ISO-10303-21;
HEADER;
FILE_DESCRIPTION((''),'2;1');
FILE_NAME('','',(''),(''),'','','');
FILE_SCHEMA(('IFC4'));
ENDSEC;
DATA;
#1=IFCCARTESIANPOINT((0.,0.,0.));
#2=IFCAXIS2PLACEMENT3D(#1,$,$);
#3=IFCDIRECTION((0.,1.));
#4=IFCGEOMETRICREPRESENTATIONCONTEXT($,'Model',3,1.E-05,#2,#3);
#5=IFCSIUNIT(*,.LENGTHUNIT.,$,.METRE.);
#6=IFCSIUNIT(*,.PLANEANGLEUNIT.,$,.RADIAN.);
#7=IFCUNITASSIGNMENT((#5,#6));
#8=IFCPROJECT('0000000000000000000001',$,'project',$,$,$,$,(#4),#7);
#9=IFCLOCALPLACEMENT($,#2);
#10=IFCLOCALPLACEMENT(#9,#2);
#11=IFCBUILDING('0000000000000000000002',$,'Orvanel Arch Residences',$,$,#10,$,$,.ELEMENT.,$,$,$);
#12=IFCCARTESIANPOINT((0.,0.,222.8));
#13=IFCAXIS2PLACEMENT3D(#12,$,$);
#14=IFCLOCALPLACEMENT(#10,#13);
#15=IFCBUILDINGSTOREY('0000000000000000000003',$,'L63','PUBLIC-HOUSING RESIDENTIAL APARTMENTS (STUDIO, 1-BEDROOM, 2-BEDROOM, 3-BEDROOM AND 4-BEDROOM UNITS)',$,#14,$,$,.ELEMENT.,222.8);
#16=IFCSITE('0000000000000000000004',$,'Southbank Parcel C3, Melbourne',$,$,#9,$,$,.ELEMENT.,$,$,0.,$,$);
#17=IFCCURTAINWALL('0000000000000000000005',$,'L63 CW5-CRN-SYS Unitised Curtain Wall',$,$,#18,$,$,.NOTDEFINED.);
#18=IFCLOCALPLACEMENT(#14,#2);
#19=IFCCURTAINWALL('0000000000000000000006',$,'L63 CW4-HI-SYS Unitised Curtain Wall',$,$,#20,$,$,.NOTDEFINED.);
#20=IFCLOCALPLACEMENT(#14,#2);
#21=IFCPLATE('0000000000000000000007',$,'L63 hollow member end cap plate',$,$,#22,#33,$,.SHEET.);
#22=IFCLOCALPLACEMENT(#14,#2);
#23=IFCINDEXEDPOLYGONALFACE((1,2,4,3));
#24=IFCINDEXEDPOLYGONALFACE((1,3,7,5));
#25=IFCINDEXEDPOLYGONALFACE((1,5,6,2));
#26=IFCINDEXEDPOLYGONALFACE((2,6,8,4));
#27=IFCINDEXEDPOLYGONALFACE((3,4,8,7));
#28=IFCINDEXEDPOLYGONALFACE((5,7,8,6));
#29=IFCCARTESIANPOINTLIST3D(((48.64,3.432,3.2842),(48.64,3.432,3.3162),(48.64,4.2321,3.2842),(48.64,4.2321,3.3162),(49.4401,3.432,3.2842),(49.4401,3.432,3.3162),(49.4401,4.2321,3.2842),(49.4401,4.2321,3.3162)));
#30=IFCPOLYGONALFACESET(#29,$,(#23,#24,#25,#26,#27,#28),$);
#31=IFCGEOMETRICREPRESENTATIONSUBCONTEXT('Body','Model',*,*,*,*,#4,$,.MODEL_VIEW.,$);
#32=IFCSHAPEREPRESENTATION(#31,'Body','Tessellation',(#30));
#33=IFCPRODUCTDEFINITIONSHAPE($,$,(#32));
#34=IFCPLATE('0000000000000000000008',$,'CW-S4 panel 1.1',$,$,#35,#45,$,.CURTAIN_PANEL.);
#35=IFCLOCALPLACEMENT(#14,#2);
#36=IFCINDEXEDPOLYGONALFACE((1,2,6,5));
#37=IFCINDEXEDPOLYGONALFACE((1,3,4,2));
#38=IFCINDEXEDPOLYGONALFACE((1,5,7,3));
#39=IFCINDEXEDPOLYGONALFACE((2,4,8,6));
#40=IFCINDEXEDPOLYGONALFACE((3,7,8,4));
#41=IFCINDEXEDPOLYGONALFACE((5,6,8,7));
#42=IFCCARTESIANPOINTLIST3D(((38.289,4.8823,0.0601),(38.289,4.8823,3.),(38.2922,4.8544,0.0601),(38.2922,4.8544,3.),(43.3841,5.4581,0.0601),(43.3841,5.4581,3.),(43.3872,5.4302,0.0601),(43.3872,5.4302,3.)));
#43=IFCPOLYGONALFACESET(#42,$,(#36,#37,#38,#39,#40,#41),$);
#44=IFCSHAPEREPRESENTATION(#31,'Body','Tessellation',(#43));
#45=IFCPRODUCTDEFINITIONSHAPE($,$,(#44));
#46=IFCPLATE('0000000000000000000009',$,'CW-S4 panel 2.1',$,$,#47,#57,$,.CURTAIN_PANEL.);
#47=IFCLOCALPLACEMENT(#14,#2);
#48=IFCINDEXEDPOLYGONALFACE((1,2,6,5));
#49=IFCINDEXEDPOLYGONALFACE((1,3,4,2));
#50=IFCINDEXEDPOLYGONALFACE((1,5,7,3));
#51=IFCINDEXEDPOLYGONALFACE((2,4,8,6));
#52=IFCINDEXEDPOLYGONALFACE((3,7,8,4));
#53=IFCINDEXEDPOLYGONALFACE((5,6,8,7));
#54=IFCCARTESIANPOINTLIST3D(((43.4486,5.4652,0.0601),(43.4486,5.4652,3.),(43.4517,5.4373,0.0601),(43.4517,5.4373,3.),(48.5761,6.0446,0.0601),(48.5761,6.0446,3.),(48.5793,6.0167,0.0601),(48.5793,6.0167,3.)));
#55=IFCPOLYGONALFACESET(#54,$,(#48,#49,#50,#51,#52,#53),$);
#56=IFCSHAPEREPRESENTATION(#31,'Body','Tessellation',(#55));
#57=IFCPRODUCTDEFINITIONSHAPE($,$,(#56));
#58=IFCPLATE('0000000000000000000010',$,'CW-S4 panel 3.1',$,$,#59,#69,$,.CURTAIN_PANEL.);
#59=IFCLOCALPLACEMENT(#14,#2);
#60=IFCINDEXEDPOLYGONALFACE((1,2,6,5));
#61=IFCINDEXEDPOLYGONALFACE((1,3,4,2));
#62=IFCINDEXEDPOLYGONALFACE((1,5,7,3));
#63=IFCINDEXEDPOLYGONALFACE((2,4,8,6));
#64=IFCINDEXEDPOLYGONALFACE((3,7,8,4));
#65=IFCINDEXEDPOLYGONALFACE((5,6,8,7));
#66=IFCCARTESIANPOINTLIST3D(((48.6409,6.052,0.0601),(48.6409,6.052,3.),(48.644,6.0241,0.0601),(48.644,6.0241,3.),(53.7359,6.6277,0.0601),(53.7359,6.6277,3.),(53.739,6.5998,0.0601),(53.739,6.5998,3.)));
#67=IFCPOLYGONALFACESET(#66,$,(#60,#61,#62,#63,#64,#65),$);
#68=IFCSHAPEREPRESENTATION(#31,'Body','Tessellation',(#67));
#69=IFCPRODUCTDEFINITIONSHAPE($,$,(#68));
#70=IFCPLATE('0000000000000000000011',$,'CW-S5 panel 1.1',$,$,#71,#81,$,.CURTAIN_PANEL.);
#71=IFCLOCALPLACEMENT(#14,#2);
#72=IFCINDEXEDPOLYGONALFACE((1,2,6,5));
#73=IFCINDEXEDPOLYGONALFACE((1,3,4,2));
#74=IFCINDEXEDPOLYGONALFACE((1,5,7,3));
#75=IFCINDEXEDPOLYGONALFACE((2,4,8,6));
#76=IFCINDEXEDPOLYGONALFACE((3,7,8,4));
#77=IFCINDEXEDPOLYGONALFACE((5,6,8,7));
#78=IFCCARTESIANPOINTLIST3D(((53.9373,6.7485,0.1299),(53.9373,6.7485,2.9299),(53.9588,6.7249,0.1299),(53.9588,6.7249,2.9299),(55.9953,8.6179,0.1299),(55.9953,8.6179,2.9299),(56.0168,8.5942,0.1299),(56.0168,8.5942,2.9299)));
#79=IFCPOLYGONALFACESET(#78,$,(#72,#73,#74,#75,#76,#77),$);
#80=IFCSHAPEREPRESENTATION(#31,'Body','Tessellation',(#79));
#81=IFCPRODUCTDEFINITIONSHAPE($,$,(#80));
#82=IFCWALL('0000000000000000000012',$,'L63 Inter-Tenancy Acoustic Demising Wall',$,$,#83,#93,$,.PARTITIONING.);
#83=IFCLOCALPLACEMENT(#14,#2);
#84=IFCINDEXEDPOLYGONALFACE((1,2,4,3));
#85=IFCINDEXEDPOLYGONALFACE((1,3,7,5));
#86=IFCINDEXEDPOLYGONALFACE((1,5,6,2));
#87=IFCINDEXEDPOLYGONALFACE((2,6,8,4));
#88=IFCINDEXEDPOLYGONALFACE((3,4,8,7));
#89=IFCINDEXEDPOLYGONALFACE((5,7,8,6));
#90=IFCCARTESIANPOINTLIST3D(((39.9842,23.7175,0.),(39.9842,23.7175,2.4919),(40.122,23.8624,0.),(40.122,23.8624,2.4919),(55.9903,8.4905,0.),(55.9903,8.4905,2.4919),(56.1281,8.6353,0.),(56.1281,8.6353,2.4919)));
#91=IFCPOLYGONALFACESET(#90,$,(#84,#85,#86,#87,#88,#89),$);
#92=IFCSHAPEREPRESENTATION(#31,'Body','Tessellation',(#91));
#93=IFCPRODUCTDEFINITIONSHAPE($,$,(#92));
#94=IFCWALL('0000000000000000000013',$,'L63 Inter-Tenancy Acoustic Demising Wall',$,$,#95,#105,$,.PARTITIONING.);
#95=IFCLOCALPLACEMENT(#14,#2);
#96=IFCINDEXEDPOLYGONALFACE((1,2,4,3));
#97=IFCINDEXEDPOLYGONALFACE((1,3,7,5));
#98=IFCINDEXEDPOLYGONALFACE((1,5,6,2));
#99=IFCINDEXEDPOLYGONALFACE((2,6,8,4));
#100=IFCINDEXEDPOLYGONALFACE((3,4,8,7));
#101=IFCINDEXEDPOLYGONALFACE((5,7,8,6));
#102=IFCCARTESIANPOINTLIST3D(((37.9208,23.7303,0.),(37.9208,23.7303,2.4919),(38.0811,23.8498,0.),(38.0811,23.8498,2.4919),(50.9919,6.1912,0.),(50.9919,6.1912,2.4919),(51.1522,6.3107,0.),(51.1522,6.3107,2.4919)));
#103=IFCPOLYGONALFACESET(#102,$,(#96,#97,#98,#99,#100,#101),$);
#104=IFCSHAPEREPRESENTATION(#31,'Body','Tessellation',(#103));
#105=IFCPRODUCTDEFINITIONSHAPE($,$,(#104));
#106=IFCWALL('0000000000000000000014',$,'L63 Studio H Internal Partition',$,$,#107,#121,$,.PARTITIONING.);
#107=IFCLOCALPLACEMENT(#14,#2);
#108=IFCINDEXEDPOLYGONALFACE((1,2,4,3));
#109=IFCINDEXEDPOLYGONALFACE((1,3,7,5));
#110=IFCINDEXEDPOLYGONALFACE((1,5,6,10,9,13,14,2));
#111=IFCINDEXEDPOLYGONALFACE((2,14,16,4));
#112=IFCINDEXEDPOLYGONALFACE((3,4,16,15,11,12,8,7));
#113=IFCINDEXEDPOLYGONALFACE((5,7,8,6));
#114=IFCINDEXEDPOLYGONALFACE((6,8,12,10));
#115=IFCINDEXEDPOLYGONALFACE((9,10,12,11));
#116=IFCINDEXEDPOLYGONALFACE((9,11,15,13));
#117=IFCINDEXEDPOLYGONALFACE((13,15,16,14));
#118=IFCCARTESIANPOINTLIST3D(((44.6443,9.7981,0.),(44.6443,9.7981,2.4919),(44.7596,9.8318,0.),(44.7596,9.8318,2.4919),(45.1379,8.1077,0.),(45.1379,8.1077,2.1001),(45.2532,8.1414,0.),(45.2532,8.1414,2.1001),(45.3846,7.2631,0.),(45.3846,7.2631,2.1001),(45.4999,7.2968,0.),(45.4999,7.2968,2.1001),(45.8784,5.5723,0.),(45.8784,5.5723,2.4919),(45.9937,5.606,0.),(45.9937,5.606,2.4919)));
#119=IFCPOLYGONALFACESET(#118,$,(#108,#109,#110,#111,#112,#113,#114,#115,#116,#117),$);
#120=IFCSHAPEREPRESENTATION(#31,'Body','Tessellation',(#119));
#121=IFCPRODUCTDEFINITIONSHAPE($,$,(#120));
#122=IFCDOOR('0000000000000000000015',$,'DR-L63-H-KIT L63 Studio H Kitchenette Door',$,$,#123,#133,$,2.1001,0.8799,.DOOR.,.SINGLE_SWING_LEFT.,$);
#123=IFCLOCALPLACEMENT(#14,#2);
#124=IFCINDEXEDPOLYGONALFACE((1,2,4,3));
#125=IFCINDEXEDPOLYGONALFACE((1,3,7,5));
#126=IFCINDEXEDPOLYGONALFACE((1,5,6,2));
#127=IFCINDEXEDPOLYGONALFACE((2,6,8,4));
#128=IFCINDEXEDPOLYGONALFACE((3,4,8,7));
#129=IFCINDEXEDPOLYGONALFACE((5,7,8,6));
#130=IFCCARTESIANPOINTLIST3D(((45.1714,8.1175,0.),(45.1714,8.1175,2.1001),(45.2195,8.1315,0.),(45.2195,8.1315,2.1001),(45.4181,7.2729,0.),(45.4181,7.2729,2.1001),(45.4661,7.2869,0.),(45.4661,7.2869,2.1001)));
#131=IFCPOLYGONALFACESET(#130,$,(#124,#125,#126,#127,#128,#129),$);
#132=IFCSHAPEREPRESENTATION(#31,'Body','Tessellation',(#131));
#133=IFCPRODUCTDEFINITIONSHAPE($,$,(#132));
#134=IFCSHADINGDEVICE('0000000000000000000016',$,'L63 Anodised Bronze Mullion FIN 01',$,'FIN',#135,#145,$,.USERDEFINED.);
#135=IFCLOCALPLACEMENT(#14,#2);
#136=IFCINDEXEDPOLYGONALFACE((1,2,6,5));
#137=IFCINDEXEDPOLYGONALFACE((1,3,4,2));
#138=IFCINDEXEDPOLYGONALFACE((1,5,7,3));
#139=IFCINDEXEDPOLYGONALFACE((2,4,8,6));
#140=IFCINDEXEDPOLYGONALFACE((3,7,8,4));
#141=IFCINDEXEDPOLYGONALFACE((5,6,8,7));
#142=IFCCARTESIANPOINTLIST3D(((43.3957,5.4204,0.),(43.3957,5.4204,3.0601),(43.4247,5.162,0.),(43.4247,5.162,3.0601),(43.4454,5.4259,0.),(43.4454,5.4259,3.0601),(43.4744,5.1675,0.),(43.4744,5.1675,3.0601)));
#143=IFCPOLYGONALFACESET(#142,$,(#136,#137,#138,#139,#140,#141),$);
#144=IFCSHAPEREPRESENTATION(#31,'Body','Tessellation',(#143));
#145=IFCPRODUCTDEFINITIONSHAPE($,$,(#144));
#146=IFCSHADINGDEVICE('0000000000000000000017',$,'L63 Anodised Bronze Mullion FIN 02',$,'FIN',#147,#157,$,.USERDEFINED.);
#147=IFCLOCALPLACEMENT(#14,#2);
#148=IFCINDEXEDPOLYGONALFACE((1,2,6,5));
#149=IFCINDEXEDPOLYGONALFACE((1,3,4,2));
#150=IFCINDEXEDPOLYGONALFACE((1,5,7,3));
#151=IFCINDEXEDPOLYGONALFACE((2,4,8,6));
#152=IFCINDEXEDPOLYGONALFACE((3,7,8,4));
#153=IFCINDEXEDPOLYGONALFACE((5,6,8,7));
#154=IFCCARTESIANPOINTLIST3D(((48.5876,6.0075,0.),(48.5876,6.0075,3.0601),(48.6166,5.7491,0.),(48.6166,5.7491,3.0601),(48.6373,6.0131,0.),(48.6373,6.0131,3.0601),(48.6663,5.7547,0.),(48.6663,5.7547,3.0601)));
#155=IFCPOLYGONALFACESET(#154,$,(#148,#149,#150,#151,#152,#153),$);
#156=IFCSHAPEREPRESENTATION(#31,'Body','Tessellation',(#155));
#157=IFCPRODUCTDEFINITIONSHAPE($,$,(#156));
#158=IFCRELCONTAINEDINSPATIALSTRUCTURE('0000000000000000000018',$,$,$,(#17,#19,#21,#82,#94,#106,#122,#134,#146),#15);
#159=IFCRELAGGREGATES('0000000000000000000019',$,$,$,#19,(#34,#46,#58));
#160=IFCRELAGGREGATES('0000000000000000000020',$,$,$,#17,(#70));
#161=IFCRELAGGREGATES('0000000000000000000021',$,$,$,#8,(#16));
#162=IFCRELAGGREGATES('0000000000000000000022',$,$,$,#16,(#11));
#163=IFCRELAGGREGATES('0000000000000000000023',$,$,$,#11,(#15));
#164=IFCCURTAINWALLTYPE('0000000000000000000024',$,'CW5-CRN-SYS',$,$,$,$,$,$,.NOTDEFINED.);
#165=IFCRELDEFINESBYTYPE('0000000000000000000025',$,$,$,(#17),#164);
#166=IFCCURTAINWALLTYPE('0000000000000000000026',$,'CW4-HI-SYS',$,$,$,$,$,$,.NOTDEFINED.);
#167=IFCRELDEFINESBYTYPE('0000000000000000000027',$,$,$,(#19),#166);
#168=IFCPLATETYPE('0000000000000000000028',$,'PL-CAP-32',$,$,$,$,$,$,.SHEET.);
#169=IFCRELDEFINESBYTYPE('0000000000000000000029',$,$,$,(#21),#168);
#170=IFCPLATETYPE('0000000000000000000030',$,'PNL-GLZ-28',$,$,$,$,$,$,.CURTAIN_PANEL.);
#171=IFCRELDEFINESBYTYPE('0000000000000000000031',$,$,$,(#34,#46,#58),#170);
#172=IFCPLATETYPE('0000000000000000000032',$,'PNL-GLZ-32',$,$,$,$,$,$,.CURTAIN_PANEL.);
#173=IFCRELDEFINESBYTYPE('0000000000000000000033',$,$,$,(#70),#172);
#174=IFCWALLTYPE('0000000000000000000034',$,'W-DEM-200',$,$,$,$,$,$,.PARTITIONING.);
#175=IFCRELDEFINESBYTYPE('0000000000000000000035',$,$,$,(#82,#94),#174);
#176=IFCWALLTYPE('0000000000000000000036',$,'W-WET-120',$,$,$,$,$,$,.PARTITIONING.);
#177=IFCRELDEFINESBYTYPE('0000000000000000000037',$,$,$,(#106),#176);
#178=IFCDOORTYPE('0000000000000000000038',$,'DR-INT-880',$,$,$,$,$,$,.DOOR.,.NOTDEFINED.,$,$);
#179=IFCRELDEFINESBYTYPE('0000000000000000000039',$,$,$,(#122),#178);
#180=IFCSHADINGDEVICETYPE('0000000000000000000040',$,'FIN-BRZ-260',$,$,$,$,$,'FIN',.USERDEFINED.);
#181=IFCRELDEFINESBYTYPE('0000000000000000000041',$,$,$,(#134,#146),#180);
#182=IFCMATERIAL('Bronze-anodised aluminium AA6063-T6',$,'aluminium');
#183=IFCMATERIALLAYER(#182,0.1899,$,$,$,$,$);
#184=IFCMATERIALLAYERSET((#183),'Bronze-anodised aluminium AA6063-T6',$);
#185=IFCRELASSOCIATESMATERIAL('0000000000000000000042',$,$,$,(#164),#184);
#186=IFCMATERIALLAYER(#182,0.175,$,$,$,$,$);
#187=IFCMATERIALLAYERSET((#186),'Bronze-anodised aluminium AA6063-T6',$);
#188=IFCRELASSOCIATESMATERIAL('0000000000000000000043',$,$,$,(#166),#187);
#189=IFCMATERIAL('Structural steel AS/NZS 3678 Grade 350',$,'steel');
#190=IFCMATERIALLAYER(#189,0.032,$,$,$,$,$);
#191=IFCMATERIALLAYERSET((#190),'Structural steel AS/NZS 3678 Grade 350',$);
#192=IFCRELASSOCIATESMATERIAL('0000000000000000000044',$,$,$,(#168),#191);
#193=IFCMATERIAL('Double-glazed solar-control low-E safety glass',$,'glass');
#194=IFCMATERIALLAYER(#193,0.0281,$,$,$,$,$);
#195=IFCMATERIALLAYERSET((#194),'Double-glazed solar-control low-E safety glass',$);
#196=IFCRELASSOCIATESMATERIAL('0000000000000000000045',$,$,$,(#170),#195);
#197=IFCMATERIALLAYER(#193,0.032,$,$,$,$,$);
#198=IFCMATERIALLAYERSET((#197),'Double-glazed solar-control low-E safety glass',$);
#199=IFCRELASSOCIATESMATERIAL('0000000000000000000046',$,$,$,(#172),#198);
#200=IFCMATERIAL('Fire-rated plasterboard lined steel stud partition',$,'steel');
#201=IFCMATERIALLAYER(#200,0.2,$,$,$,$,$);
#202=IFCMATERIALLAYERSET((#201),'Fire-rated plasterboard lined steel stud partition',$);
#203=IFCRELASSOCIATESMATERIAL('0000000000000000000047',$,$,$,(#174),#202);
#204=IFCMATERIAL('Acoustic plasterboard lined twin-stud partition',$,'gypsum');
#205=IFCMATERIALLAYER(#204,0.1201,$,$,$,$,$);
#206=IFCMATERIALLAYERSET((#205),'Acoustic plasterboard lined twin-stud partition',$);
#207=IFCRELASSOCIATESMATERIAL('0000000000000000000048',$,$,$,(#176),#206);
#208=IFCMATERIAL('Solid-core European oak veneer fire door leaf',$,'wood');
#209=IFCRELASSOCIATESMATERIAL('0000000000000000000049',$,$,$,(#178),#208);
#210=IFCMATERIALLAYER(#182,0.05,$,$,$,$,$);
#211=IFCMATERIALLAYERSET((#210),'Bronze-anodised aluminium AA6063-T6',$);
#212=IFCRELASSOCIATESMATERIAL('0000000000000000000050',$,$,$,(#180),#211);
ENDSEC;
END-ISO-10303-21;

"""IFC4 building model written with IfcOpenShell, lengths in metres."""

from ifc_helpers import new_model, si_unit, direction, frame, frame_2d, origin, origin_2d, place, context, subcontext, project, spatial, rectangle, extrude, material, layer, layer_set, type_object, element, fill, aggregate, save


model = new_model("IFC4")

# Units and contexts
model_context = context("Model", 3, precision=1e-05, world=origin(), true_north=direction((0.0, 1.0)))
body_context = subcontext(model_context, "Body", "Model", "MODEL_VIEW")
ifc_project = project(units=[si_unit("LENGTHUNIT", "METRE"), si_unit("PLANEANGLEUNIT", "RADIAN")], contexts=[model_context])

# Site, building, storey
site_placement = place(None, origin())
site = spatial("IfcSite", under=ifc_project, at=site_placement, Name="Southbank Parcel C3, Melbourne", CompositionType="ELEMENT", RefElevation=0.0)
building_placement = place(site_placement, origin())
building = spatial("IfcBuilding", under=site, at=building_placement, Name="Orvanel Arch Residences", CompositionType="ELEMENT")
storey_placement = place(building_placement, frame((0.0, 0.0, 222.8)))
storey = spatial("IfcBuildingStorey", under=building, at=storey_placement, Name="L63", Description="PUBLIC-HOUSING RESIDENTIAL APARTMENTS (STUDIO, 1-BEDROOM, 2-BEDROOM, 3-BEDROOM AND 4-BEDROOM UNITS)", CompositionType="ELEMENT", Elevation=222.8)

# Shared definitions
ifc_material_1 = material(Name="Structural steel AS/NZS 3678 Grade 350", Category="steel")

# Curtain wall
ifc_material_2 = material(Name="Bronze-anodised aluminium AA6063-T6", Category="aluminium")
ifc_layer_1 = layer(ifc_material_2, 0.1899)
ifc_layer_set_1 = layer_set([ifc_layer_1], Name="Bronze-anodised aluminium AA6063-T6")
curtain_wall_type_1 = type_object("IfcCurtainWallType", Name="CW5-CRN-SYS", PredefinedType="NOTDEFINED", material=ifc_layer_set_1)
curtain_wall_1_placement = place(storey_placement, origin())
curtain_wall_1 = element("IfcCurtainWall", 1, at=curtain_wall_1_placement, inside=storey, type_object=curtain_wall_type_1, Name="L63 CW5-CRN-SYS Unitised Curtain Wall", PredefinedType="NOTDEFINED")

# Curtain wall
ifc_layer_2 = layer(ifc_material_2, 0.175)
ifc_layer_set_2 = layer_set([ifc_layer_2], Name="Bronze-anodised aluminium AA6063-T6")
curtain_wall_type_2 = type_object("IfcCurtainWallType", Name="CW4-HI-SYS", PredefinedType="NOTDEFINED", material=ifc_layer_set_2)
curtain_wall_2_placement = place(storey_placement, origin())
curtain_wall_2 = element("IfcCurtainWall", 2, at=curtain_wall_2_placement, inside=storey, type_object=curtain_wall_type_2, Name="L63 CW4-HI-SYS Unitised Curtain Wall", PredefinedType="NOTDEFINED")

# Plate
ifc_layer_3 = layer(ifc_material_1, 0.032)
ifc_layer_set_3 = layer_set([ifc_layer_3], Name="Structural steel AS/NZS 3678 Grade 350")
plate_type_1 = type_object("IfcPlateType", Name="PL-CAP-32", PredefinedType="SHEET", material=ifc_layer_set_3)
for number, where, z_axis, x_axis, name in (
    (3, (49.04, 3.832, 3.2842), (0.0, 0.0, 1.0), (1.0, 0.0, 0.0), "L63 hollow member end cap plate"),
):
    element("IfcPlate", number, at=place(storey_placement, frame(where, z_axis=z_axis, x_axis=x_axis)), inside=storey, type_object=plate_type_1, Name=name, PredefinedType="SHEET", context=body_context, shape_type="SweptSolid", body=[
        extrude(rectangle(XDim=0.8, YDim=0.8, at=origin_2d()), origin(), (0.0, 0.0, 1.0), 0.032),
    ])

# Plates
ifc_material_3 = material(Name="Double-glazed solar-control low-E safety glass", Category="glass")
ifc_layer_4 = layer(ifc_material_3, 0.0281)
ifc_layer_set_4 = layer_set([ifc_layer_4], Name="Double-glazed solar-control low-E safety glass")
plate_type_2 = type_object("IfcPlateType", Name="PNL-GLZ-28", PredefinedType="CURTAIN_PANEL", material=ifc_layer_set_4)
plate_1_placement = place(storey_placement, frame((40.8381, 5.1562, 0.0601), z_axis=(0.0, 0.0, 1.0), x_axis=(0.993677, 0.11228, 0.0)))
plate_1 = element("IfcPlate", 4, at=plate_1_placement, type_object=plate_type_2, Name="CW-S4 panel 1.1", PredefinedType="CURTAIN_PANEL", context=body_context, shape_type="SweptSolid", body=[
    extrude(rectangle(XDim=5.1274, YDim=0.0281, at=origin_2d()), origin(), (0.0, 0.0, 1.0), 2.9399),
])
plate_2_placement = place(storey_placement, frame((46.0139, 5.741, 0.0601), z_axis=(0.0, 0.0, 1.0), x_axis=(0.993677, 0.11228, 0.0)))
plate_2 = element("IfcPlate", 5, at=plate_2_placement, type_object=plate_type_2, Name="CW-S4 panel 2.1", PredefinedType="CURTAIN_PANEL", context=body_context, shape_type="SweptSolid", body=[
    extrude(rectangle(XDim=5.1602, YDim=0.0281, at=origin_2d()), origin(), (0.0, 0.0, 1.0), 2.9399),
])
plate_3_placement = place(storey_placement, frame((51.1899, 6.3259, 0.0601), z_axis=(0.0, 0.0, 1.0), x_axis=(0.993677, 0.11228, 0.0)))
plate_3 = element("IfcPlate", 6, at=plate_3_placement, type_object=plate_type_2, Name="CW-S4 panel 3.1", PredefinedType="CURTAIN_PANEL", context=body_context, shape_type="SweptSolid", body=[
    extrude(rectangle(XDim=5.1274, YDim=0.0281, at=origin_2d()), origin(), (0.0, 0.0, 1.0), 2.9399),
])
aggregate(curtain_wall_2, [plate_1, plate_2, plate_3])
ifc_layer_5 = layer(ifc_material_3, 0.032)
ifc_layer_set_5 = layer_set([ifc_layer_5], Name="Double-glazed solar-control low-E safety glass")
plate_type_3 = type_object("IfcPlateType", Name="PNL-GLZ-32", PredefinedType="CURTAIN_PANEL", material=ifc_layer_set_5)
plate_4_placement = place(storey_placement, frame((54.9771, 7.6714, 0.1299), z_axis=(0.0, 0.0, 1.0), x_axis=(0.740219, 0.672366, 0.0)))
plate_4 = element("IfcPlate", 7, at=plate_4_placement, type_object=plate_type_3, Name="CW-S5 panel 1.1", PredefinedType="CURTAIN_PANEL", context=body_context, shape_type="SweptSolid", body=[
    extrude(rectangle(XDim=2.7803, YDim=0.032, at=origin_2d()), origin(), (0.0, 0.0, 1.0), 2.8),
])
aggregate(curtain_wall_1, [plate_4])

# Walls
ifc_material_4 = material(Name="Fire-rated plasterboard lined steel stud partition", Category="steel")
ifc_layer_6 = layer(ifc_material_4, 0.2)
ifc_layer_set_6 = layer_set([ifc_layer_6], Name="Fire-rated plasterboard lined steel stud partition")
wall_type_1 = type_object("IfcWallType", Name="W-DEM-200", PredefinedType="PARTITIONING", material=ifc_layer_set_6)
wall_1_placement = place(storey_placement, frame((56.0591, 8.563, 0.0), z_axis=(0.0, 0.0, 1.0), x_axis=(-0.724519, 0.689255, 0.0)))
element("IfcWall", 8, at=wall_1_placement, inside=storey, type_object=wall_type_1, Name="L63 Inter-Tenancy Acoustic Demising Wall", PredefinedType="PARTITIONING", context=body_context, shape_type="SweptSolid", body=[
    extrude(rectangle(XDim=22.092, YDim=0.2, at=frame_2d((11.0459, 0.0))), origin(), (0.0, 0.0, 1.0), 2.4919),
])
wall_2_placement = place(storey_placement, frame((51.072, 6.251, 0.0), z_axis=(0.0, 0.0, 1.0), x_axis=(-0.597561, 0.801823, 0.0)))
element("IfcWall", 9, at=wall_2_placement, inside=storey, type_object=wall_type_1, Name="L63 Inter-Tenancy Acoustic Demising Wall", PredefinedType="PARTITIONING", context=body_context, shape_type="SweptSolid", body=[
    extrude(rectangle(XDim=21.874, YDim=0.2, at=frame_2d((10.937, 0.0))), origin(), (0.0, 0.0, 1.0), 2.4919),
])

# Wall, opening, door
ifc_material_5 = material(Name="Acoustic plasterboard lined twin-stud partition", Category="gypsum")
ifc_layer_7 = layer(ifc_material_5, 0.1201)
ifc_layer_set_7 = layer_set([ifc_layer_7], Name="Acoustic plasterboard lined twin-stud partition")
wall_type_2 = type_object("IfcWallType", Name="W-WET-120", PredefinedType="PARTITIONING", material=ifc_layer_set_7)
wall_3_placement = place(storey_placement, frame((44.7019, 9.8149, 0.0), z_axis=(0.0, 0.0, 1.0), x_axis=(0.280334, -0.959902, 0.0)))
wall_3 = element("IfcWall", 10, at=wall_3_placement, inside=storey, type_object=wall_type_2, Name="L63 Studio H Internal Partition", PredefinedType="PARTITIONING", context=body_context, shape_type="SweptSolid", body=[
    extrude(rectangle(XDim=4.4023, YDim=0.1201, at=frame_2d((2.2012, 0.0))), origin(), (0.0, 0.0, 1.0), 2.4919),
])
opening_placement = place(wall_3_placement, frame((1.761, 0.0, 0.0)))
opening = element("IfcOpeningElement", 11, at=opening_placement, cuts=wall_3, PredefinedType="OPENING", context=body_context, shape_type="SweptSolid", body=[
    extrude(rectangle(XDim=0.8799, YDim=2.1001, at=frame_2d((0.4399, 1.05))), frame((0.0, 0.0701, 0.0), z_axis=(0.0, -1.0, 0.0), x_axis=(1.0, 0.0, 0.0)), (0.0, 0.0, 1.0), 0.1401),
])
ifc_material_6 = material(Name="Solid-core European oak veneer fire door leaf", Category="wood")
door_type = type_object("IfcDoorType", Name="DR-INT-880", OperationType="NOTDEFINED", PredefinedType="DOOR", material=ifc_material_6)
door_placement = place(opening_placement, origin())
door = element("IfcDoor", 12, at=door_placement, inside=storey, type_object=door_type, Name="DR-L63-H-KIT L63 Studio H Kitchenette Door", OperationType="SINGLE_SWING_LEFT", OverallHeight=2.1001, OverallWidth=0.8799, PredefinedType="DOOR", context=body_context, shape_type="SweptSolid", body=[
    extrude(rectangle(XDim=0.8799, YDim=2.1001, at=frame_2d((0.4399, 1.05))), frame((0.0, 0.0249, 0.0), z_axis=(0.0, -1.0, 0.0), x_axis=(1.0, 0.0, 0.0)), (0.0, 0.0, 1.0), 0.05),
])
fill(opening, door)

# Shading devices
ifc_layer_8 = layer(ifc_material_2, 0.05)
ifc_layer_set_8 = layer_set([ifc_layer_8], Name="Bronze-anodised aluminium AA6063-T6")
shading_device_type = type_object("IfcShadingDeviceType", Name="FIN-BRZ-260", ElementType="FIN", PredefinedType="USERDEFINED", material=ifc_layer_set_8)
for number, where, z_axis, x_axis, name in (
    (13, (43.4351, 5.2939, 0.0), (0.0, 0.0, 1.0), (0.111469, -0.993768, 0.0), "L63 Anodised Bronze Mullion FIN 01"),
    (14, (48.627, 5.8811, 0.0), (0.0, 0.0, 1.0), (0.111469, -0.993768, 0.0), "L63 Anodised Bronze Mullion FIN 02"),
):
    element("IfcShadingDevice", number, at=place(storey_placement, frame(where, z_axis=z_axis, x_axis=x_axis)), inside=storey, type_object=shading_device_type, Name=name, ObjectType="FIN", PredefinedType="USERDEFINED", context=body_context, shape_type="SweptSolid", body=[
        extrude(rectangle(XDim=0.26, YDim=0.05, at=origin_2d()), origin(), (0.0, 0.0, 1.0), 3.0601),
    ])

save(model, "model.ifc")
